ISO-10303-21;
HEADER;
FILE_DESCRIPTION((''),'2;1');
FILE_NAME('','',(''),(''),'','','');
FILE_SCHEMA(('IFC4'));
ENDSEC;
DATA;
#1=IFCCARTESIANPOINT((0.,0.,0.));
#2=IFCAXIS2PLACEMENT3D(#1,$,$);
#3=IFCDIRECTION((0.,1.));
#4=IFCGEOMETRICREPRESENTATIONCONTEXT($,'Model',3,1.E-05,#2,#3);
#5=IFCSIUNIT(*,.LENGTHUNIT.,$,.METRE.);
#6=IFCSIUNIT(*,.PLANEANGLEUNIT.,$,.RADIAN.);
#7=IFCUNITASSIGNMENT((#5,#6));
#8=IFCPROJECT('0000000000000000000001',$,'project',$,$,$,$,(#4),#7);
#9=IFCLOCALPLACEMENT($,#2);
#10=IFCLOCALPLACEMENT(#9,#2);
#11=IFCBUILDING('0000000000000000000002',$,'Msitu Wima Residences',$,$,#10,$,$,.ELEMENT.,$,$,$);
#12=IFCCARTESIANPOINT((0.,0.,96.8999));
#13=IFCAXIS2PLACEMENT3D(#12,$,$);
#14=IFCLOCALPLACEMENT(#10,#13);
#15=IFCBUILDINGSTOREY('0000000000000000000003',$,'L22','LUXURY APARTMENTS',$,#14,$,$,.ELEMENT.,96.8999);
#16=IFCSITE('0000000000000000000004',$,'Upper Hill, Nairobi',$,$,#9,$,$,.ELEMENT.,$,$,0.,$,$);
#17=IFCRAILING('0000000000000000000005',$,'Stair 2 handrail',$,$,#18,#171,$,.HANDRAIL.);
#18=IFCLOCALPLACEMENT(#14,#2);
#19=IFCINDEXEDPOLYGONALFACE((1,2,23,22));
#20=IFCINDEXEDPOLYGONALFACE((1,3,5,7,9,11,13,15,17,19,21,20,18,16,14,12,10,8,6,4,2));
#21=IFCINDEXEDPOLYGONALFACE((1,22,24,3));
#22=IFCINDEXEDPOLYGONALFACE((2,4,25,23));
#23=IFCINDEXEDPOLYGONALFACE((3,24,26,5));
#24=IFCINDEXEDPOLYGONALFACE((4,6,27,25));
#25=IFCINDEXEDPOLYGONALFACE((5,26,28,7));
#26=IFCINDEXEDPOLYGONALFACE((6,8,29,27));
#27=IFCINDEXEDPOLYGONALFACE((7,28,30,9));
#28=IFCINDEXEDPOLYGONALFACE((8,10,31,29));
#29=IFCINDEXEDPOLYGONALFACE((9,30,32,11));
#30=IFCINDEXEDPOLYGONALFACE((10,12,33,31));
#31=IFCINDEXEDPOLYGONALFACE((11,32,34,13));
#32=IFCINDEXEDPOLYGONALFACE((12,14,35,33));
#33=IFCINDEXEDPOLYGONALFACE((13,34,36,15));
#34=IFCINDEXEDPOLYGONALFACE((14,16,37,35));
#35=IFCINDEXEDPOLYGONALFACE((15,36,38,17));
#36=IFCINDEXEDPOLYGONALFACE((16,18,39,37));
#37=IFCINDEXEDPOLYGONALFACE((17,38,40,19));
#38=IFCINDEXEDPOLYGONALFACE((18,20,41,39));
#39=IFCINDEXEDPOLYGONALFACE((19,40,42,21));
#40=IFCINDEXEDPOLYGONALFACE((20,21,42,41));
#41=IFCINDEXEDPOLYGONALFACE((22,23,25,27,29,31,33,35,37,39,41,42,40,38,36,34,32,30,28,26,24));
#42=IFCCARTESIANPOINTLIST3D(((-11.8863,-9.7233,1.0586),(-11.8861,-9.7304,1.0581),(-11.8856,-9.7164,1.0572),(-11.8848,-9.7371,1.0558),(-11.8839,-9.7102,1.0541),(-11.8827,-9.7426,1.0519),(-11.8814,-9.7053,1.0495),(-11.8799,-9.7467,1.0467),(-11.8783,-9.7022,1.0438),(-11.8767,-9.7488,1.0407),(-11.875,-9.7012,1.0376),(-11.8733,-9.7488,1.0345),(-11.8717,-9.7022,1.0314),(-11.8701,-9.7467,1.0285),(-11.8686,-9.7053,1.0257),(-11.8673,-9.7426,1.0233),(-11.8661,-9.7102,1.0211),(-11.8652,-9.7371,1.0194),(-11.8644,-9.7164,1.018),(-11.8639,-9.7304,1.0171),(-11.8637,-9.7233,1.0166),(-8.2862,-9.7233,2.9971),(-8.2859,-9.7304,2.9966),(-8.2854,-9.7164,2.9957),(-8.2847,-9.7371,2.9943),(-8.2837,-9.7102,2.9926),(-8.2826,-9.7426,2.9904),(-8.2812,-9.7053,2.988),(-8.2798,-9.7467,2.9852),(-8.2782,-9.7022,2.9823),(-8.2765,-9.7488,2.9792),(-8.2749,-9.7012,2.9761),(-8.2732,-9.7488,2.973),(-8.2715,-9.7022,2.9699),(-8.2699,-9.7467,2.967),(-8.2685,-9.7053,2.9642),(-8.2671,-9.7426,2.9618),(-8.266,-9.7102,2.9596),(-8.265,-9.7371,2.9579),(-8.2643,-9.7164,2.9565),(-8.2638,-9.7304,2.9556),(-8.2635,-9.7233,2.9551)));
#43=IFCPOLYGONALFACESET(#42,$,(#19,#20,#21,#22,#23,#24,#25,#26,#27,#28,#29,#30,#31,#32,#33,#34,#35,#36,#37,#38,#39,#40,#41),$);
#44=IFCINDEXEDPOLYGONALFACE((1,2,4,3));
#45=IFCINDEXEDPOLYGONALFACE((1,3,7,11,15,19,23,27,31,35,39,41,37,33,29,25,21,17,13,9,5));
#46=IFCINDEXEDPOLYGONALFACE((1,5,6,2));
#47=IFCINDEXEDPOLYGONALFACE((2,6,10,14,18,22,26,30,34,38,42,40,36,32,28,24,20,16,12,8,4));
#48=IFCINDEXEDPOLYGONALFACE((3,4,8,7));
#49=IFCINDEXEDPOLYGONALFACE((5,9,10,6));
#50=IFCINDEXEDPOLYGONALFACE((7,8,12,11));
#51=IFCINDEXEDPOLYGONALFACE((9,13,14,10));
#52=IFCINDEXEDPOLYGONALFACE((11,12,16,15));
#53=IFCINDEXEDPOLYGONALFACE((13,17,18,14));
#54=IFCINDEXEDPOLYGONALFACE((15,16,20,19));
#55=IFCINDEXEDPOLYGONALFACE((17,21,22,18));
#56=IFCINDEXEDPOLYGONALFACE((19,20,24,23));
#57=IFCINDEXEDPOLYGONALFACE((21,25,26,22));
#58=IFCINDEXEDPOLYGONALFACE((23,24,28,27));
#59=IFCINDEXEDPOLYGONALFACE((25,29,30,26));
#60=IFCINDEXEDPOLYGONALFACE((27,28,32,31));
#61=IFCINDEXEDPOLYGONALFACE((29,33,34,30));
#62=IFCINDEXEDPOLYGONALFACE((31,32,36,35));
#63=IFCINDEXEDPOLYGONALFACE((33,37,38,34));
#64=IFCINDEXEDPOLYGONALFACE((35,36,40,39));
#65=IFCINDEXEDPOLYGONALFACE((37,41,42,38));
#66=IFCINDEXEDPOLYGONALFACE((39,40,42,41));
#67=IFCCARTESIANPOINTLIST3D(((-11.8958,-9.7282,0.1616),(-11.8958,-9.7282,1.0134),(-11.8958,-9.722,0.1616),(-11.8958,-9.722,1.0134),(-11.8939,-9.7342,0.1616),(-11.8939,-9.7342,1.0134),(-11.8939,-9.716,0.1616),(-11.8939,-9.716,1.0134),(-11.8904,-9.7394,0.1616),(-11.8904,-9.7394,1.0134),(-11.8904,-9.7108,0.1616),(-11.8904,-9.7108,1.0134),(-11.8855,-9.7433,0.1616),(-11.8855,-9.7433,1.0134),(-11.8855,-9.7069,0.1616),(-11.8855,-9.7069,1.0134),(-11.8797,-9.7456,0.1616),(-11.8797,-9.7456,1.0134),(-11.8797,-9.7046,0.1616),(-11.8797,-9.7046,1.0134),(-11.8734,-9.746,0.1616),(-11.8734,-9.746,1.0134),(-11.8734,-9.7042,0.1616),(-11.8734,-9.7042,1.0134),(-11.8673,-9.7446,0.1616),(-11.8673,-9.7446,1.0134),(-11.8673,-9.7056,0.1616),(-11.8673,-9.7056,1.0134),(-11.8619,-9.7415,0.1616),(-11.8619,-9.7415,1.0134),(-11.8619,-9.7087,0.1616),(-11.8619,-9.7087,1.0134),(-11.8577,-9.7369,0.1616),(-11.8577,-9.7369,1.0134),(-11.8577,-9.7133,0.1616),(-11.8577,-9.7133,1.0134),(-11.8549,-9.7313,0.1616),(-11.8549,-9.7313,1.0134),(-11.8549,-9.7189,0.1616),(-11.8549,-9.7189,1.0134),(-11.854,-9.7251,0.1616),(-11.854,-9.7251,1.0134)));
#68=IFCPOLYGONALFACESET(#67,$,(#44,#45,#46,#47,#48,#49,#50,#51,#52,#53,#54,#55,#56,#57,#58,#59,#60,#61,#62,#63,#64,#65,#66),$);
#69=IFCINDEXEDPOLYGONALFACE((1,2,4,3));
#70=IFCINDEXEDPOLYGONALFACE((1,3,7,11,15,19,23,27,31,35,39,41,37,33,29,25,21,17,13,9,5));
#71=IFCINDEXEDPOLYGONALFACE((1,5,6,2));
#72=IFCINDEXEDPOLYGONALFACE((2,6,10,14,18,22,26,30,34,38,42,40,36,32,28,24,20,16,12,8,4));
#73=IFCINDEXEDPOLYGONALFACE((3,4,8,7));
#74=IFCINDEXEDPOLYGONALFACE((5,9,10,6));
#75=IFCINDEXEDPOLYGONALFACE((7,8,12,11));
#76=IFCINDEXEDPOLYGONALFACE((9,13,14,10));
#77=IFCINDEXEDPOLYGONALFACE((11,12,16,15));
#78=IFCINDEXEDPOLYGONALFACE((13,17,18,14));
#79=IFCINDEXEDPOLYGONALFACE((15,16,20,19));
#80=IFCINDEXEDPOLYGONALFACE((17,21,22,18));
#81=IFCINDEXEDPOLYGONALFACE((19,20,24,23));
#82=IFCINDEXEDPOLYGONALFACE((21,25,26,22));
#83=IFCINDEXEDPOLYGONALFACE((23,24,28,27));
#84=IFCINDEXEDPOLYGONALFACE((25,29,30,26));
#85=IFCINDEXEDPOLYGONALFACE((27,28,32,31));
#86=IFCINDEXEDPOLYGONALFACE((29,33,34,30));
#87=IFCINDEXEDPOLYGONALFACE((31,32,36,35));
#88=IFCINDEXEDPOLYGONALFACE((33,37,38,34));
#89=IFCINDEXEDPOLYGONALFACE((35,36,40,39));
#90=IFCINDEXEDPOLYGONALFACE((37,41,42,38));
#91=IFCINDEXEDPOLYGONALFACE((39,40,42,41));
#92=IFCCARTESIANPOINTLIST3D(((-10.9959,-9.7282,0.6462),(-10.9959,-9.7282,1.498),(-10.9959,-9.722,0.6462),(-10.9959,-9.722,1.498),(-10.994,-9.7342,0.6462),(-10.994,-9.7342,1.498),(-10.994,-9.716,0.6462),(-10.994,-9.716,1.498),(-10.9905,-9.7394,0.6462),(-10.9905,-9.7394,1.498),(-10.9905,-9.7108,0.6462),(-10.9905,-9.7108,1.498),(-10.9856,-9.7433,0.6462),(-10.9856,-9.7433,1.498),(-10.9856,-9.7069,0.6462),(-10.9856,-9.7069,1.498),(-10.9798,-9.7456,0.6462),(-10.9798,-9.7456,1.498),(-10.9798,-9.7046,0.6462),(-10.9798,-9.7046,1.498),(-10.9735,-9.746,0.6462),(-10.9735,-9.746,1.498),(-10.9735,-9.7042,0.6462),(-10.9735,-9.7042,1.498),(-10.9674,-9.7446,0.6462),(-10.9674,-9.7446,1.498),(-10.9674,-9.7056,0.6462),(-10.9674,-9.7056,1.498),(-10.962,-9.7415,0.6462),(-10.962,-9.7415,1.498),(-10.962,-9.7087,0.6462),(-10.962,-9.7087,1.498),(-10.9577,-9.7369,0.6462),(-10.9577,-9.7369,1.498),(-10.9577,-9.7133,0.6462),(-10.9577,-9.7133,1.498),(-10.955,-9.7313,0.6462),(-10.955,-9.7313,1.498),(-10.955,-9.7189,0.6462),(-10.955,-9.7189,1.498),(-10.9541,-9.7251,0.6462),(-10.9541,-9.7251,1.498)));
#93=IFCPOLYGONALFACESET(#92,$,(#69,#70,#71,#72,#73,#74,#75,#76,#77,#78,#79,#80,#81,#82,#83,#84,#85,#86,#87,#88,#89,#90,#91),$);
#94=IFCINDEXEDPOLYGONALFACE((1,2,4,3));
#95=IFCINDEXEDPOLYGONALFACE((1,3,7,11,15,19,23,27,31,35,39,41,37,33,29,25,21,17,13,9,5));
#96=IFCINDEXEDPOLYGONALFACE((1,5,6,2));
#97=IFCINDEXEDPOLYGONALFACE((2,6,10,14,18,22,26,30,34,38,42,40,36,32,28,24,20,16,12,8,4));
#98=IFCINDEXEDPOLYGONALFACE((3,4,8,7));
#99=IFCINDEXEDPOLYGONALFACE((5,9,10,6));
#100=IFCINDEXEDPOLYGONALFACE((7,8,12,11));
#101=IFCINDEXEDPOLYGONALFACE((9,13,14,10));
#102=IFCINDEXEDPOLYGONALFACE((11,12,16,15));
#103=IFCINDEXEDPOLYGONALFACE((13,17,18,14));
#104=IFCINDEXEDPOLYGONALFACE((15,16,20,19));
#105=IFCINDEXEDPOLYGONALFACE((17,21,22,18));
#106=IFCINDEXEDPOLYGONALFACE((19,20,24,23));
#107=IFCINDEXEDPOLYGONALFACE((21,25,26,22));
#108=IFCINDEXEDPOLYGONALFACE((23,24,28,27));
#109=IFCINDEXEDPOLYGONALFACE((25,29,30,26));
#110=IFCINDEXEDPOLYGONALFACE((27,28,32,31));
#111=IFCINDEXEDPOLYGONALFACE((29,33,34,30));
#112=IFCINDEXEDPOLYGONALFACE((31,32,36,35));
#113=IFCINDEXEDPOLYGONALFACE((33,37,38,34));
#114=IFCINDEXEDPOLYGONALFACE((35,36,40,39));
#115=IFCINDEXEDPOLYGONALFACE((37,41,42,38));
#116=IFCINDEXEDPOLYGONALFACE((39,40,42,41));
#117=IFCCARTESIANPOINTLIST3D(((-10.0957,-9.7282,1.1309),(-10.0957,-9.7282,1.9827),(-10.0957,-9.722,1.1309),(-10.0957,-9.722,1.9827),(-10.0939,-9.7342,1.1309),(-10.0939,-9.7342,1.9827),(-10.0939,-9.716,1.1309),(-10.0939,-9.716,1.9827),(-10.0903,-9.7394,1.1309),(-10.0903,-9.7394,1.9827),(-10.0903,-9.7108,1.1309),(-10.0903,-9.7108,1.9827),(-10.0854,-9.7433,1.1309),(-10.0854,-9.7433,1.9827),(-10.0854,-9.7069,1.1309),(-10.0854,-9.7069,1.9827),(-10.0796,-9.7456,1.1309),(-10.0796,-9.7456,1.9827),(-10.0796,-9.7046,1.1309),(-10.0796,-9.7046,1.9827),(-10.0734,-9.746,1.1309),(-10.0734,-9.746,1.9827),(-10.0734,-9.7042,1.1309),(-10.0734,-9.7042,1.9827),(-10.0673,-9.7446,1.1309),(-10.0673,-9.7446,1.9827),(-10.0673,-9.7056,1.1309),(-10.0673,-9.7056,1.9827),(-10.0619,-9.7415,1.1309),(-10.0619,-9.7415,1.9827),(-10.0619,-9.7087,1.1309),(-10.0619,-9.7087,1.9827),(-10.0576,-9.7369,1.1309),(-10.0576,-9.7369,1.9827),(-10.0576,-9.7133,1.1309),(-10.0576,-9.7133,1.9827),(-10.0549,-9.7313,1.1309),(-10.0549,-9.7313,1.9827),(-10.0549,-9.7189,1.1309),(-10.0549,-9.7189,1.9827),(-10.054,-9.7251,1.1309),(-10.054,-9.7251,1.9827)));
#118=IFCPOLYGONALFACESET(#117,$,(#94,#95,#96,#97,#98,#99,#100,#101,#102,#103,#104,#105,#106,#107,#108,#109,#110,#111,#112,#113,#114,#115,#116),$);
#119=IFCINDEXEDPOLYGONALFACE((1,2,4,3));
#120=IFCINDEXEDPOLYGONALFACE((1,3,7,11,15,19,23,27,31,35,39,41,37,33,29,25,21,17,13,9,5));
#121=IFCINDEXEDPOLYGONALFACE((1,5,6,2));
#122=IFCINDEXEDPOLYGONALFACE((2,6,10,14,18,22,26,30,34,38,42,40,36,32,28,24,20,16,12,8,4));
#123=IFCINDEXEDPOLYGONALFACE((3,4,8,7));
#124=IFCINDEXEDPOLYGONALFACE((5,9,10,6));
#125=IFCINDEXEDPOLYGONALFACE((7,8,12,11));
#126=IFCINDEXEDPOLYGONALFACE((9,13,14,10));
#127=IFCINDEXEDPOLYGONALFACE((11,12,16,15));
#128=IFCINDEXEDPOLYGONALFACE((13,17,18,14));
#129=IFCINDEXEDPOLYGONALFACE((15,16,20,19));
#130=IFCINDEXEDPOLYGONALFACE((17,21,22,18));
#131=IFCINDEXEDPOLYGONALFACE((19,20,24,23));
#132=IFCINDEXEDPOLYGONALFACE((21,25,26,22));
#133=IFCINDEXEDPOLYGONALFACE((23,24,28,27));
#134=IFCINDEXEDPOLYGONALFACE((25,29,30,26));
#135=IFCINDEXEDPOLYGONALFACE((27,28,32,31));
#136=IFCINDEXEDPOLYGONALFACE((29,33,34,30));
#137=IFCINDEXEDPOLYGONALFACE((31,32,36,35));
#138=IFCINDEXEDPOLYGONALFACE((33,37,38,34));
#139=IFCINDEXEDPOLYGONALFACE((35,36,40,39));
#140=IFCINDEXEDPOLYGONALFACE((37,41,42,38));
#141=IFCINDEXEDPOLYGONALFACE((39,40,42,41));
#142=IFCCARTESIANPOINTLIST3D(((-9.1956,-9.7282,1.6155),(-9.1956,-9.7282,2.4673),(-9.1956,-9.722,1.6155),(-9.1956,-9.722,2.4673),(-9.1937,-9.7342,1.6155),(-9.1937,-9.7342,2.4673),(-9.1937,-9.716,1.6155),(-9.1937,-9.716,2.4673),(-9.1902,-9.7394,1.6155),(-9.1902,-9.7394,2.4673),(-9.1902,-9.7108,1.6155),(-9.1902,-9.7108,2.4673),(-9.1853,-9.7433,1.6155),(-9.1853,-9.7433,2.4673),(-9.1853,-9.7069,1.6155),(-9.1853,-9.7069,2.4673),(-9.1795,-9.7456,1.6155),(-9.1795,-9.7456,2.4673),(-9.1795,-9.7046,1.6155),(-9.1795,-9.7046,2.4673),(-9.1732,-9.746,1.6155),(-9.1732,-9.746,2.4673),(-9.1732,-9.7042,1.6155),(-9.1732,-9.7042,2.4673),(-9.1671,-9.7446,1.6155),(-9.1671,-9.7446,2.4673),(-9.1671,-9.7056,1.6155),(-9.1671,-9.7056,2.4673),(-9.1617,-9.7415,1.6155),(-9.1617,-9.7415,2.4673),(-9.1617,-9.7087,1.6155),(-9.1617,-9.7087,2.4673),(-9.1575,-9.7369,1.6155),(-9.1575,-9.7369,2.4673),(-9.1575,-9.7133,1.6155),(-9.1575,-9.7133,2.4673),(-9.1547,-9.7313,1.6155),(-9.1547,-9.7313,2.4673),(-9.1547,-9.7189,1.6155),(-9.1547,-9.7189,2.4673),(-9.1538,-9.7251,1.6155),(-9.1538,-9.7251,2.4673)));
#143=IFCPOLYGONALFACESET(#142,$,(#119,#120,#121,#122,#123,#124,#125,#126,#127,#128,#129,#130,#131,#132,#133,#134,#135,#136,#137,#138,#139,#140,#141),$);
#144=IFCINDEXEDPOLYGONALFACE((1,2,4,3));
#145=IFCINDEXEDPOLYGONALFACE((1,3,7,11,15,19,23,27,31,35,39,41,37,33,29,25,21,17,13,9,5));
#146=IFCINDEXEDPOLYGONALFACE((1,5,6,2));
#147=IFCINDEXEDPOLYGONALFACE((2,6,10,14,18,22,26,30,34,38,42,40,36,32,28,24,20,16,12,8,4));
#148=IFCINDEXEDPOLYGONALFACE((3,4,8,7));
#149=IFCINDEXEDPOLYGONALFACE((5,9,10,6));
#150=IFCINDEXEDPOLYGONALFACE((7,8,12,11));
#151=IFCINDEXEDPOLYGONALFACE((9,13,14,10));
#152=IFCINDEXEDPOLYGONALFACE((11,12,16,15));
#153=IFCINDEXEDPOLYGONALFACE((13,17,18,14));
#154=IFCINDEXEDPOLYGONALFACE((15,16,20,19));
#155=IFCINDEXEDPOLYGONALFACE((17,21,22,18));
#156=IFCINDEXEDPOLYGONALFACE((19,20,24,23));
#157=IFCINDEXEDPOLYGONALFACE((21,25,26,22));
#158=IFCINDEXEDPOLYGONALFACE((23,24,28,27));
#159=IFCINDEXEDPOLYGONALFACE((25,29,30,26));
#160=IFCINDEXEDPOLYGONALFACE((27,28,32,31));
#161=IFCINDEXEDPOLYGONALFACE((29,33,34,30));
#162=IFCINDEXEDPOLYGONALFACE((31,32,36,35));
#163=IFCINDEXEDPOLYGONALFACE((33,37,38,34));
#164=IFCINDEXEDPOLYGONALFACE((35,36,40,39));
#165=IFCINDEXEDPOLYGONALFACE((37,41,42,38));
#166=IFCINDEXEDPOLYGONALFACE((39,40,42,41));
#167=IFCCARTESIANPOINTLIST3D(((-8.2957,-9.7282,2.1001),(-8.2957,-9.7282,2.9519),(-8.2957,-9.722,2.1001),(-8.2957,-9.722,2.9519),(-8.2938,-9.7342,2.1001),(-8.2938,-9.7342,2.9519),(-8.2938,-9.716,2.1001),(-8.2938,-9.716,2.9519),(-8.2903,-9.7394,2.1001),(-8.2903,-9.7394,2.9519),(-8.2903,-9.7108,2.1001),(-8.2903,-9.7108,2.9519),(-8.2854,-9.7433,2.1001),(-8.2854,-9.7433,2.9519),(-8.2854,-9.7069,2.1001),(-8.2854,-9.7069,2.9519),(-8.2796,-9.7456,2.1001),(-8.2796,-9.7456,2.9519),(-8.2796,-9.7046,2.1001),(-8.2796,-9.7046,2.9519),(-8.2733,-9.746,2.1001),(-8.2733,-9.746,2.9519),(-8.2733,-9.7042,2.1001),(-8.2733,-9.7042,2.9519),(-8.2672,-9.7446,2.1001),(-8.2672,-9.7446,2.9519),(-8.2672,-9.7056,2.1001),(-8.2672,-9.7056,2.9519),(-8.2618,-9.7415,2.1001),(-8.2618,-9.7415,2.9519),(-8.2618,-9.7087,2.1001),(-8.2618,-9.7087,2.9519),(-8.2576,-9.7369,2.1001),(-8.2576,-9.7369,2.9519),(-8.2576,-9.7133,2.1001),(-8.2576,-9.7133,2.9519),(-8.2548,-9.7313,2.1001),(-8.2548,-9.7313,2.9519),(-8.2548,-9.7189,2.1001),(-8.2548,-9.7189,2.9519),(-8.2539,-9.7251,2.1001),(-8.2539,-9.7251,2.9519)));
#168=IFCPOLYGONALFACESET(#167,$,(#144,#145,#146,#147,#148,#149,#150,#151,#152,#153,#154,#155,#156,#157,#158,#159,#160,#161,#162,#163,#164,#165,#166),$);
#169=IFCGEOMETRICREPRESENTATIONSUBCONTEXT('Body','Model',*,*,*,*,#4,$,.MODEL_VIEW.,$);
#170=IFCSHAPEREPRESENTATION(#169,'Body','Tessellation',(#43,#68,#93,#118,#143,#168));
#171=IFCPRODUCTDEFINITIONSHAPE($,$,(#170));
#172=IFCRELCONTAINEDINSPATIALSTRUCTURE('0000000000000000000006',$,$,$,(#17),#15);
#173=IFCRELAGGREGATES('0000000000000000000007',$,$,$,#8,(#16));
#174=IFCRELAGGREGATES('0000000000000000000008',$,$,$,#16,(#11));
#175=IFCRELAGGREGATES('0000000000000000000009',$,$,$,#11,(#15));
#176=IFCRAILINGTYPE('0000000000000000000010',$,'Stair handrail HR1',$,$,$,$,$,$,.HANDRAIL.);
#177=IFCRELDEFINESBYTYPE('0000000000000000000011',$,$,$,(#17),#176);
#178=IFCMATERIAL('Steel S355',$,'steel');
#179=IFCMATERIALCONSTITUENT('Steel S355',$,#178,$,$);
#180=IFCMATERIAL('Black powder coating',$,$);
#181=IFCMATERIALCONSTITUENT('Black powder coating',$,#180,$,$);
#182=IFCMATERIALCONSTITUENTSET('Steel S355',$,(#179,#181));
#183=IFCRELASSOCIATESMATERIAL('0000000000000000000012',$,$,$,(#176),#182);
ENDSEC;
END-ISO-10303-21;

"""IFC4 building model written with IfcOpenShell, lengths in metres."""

from ifc_helpers import new_model, si_unit, direction, frame, origin, origin_2d, place, context, subcontext, project, spatial, circle, extrude, material, constituent, constituent_set, type_object, element, save


model = new_model("IFC4")

# Units and contexts
model_context = context("Model", 3, precision=1e-05, world=origin(), true_north=direction((0.0, 1.0)))
body_context = subcontext(model_context, "Body", "Model", "MODEL_VIEW")
ifc_project = project(units=[si_unit("LENGTHUNIT", "METRE"), si_unit("PLANEANGLEUNIT", "RADIAN")], contexts=[model_context])

# Site, building, storey
site_placement = place(None, origin())
site = spatial("IfcSite", under=ifc_project, at=site_placement, Name="Upper Hill, Nairobi", CompositionType="ELEMENT", RefElevation=0.0)
building_placement = place(site_placement, origin())
building = spatial("IfcBuilding", under=site, at=building_placement, Name="Msitu Wima Residences", CompositionType="ELEMENT")
storey_placement = place(building_placement, frame((0.0, 0.0, 96.8999)))
storey = spatial("IfcBuildingStorey", under=building, at=storey_placement, Name="L22", Description="LUXURY APARTMENTS", CompositionType="ELEMENT", Elevation=96.8999)

# Railing
ifc_material_1 = material(Name="Steel S355", Category="steel")
ifc_constituent_1 = constituent(ifc_material_1, Name="Steel S355")
ifc_material_2 = material(Name="Black powder coating")
ifc_constituent_2 = constituent(ifc_material_2, Name="Black powder coating")
ifc_constituent_set = constituent_set(constituents=[ifc_constituent_1, ifc_constituent_2], Name="Steel S355")
railing_type = type_object("IfcRailingType", Name="Stair handrail HR1", PredefinedType="HANDRAIL", material=ifc_constituent_set)
for number, where, name in (
    (1, (-11.875, -9.7251, 0.1616), "Stair 2 handrail"),
):
    element("IfcRailing", number, at=place(storey_placement, frame(where)), inside=storey, type_object=railing_type, Name=name, PredefinedType="HANDRAIL", context=body_context, shape_type="SweptSolid", body=[
        extrude(circle(Radius=0.0239, at=origin_2d()), frame((0.0, 0.0, 0.876), z_axis=(0.880475, 0.0, 0.474093), x_axis=(0.0, 1.0, 0.0)), (0.0, 0.0, 1.0), 4.0889),
        extrude(circle(Radius=0.021, at=origin_2d()), origin(), (0.0, 0.0, 1.0), 0.8518),
        extrude(circle(Radius=0.021, at=origin_2d()), frame((0.8999, 0.0, 0.4846)), (0.0, 0.0, 1.0), 0.8518),
        extrude(circle(Radius=0.021, at=origin_2d()), frame((1.8, 0.0, 0.9692)), (0.0, 0.0, 1.0), 0.8518),
        extrude(circle(Radius=0.021, at=origin_2d()), frame((2.7002, 0.0, 1.4539)), (0.0, 0.0, 1.0), 0.8518),
        extrude(circle(Radius=0.021, at=origin_2d()), frame((3.6001, 0.0, 1.9385)), (0.0, 0.0, 1.0), 0.8518),
    ])

save(model, "model.ifc")
